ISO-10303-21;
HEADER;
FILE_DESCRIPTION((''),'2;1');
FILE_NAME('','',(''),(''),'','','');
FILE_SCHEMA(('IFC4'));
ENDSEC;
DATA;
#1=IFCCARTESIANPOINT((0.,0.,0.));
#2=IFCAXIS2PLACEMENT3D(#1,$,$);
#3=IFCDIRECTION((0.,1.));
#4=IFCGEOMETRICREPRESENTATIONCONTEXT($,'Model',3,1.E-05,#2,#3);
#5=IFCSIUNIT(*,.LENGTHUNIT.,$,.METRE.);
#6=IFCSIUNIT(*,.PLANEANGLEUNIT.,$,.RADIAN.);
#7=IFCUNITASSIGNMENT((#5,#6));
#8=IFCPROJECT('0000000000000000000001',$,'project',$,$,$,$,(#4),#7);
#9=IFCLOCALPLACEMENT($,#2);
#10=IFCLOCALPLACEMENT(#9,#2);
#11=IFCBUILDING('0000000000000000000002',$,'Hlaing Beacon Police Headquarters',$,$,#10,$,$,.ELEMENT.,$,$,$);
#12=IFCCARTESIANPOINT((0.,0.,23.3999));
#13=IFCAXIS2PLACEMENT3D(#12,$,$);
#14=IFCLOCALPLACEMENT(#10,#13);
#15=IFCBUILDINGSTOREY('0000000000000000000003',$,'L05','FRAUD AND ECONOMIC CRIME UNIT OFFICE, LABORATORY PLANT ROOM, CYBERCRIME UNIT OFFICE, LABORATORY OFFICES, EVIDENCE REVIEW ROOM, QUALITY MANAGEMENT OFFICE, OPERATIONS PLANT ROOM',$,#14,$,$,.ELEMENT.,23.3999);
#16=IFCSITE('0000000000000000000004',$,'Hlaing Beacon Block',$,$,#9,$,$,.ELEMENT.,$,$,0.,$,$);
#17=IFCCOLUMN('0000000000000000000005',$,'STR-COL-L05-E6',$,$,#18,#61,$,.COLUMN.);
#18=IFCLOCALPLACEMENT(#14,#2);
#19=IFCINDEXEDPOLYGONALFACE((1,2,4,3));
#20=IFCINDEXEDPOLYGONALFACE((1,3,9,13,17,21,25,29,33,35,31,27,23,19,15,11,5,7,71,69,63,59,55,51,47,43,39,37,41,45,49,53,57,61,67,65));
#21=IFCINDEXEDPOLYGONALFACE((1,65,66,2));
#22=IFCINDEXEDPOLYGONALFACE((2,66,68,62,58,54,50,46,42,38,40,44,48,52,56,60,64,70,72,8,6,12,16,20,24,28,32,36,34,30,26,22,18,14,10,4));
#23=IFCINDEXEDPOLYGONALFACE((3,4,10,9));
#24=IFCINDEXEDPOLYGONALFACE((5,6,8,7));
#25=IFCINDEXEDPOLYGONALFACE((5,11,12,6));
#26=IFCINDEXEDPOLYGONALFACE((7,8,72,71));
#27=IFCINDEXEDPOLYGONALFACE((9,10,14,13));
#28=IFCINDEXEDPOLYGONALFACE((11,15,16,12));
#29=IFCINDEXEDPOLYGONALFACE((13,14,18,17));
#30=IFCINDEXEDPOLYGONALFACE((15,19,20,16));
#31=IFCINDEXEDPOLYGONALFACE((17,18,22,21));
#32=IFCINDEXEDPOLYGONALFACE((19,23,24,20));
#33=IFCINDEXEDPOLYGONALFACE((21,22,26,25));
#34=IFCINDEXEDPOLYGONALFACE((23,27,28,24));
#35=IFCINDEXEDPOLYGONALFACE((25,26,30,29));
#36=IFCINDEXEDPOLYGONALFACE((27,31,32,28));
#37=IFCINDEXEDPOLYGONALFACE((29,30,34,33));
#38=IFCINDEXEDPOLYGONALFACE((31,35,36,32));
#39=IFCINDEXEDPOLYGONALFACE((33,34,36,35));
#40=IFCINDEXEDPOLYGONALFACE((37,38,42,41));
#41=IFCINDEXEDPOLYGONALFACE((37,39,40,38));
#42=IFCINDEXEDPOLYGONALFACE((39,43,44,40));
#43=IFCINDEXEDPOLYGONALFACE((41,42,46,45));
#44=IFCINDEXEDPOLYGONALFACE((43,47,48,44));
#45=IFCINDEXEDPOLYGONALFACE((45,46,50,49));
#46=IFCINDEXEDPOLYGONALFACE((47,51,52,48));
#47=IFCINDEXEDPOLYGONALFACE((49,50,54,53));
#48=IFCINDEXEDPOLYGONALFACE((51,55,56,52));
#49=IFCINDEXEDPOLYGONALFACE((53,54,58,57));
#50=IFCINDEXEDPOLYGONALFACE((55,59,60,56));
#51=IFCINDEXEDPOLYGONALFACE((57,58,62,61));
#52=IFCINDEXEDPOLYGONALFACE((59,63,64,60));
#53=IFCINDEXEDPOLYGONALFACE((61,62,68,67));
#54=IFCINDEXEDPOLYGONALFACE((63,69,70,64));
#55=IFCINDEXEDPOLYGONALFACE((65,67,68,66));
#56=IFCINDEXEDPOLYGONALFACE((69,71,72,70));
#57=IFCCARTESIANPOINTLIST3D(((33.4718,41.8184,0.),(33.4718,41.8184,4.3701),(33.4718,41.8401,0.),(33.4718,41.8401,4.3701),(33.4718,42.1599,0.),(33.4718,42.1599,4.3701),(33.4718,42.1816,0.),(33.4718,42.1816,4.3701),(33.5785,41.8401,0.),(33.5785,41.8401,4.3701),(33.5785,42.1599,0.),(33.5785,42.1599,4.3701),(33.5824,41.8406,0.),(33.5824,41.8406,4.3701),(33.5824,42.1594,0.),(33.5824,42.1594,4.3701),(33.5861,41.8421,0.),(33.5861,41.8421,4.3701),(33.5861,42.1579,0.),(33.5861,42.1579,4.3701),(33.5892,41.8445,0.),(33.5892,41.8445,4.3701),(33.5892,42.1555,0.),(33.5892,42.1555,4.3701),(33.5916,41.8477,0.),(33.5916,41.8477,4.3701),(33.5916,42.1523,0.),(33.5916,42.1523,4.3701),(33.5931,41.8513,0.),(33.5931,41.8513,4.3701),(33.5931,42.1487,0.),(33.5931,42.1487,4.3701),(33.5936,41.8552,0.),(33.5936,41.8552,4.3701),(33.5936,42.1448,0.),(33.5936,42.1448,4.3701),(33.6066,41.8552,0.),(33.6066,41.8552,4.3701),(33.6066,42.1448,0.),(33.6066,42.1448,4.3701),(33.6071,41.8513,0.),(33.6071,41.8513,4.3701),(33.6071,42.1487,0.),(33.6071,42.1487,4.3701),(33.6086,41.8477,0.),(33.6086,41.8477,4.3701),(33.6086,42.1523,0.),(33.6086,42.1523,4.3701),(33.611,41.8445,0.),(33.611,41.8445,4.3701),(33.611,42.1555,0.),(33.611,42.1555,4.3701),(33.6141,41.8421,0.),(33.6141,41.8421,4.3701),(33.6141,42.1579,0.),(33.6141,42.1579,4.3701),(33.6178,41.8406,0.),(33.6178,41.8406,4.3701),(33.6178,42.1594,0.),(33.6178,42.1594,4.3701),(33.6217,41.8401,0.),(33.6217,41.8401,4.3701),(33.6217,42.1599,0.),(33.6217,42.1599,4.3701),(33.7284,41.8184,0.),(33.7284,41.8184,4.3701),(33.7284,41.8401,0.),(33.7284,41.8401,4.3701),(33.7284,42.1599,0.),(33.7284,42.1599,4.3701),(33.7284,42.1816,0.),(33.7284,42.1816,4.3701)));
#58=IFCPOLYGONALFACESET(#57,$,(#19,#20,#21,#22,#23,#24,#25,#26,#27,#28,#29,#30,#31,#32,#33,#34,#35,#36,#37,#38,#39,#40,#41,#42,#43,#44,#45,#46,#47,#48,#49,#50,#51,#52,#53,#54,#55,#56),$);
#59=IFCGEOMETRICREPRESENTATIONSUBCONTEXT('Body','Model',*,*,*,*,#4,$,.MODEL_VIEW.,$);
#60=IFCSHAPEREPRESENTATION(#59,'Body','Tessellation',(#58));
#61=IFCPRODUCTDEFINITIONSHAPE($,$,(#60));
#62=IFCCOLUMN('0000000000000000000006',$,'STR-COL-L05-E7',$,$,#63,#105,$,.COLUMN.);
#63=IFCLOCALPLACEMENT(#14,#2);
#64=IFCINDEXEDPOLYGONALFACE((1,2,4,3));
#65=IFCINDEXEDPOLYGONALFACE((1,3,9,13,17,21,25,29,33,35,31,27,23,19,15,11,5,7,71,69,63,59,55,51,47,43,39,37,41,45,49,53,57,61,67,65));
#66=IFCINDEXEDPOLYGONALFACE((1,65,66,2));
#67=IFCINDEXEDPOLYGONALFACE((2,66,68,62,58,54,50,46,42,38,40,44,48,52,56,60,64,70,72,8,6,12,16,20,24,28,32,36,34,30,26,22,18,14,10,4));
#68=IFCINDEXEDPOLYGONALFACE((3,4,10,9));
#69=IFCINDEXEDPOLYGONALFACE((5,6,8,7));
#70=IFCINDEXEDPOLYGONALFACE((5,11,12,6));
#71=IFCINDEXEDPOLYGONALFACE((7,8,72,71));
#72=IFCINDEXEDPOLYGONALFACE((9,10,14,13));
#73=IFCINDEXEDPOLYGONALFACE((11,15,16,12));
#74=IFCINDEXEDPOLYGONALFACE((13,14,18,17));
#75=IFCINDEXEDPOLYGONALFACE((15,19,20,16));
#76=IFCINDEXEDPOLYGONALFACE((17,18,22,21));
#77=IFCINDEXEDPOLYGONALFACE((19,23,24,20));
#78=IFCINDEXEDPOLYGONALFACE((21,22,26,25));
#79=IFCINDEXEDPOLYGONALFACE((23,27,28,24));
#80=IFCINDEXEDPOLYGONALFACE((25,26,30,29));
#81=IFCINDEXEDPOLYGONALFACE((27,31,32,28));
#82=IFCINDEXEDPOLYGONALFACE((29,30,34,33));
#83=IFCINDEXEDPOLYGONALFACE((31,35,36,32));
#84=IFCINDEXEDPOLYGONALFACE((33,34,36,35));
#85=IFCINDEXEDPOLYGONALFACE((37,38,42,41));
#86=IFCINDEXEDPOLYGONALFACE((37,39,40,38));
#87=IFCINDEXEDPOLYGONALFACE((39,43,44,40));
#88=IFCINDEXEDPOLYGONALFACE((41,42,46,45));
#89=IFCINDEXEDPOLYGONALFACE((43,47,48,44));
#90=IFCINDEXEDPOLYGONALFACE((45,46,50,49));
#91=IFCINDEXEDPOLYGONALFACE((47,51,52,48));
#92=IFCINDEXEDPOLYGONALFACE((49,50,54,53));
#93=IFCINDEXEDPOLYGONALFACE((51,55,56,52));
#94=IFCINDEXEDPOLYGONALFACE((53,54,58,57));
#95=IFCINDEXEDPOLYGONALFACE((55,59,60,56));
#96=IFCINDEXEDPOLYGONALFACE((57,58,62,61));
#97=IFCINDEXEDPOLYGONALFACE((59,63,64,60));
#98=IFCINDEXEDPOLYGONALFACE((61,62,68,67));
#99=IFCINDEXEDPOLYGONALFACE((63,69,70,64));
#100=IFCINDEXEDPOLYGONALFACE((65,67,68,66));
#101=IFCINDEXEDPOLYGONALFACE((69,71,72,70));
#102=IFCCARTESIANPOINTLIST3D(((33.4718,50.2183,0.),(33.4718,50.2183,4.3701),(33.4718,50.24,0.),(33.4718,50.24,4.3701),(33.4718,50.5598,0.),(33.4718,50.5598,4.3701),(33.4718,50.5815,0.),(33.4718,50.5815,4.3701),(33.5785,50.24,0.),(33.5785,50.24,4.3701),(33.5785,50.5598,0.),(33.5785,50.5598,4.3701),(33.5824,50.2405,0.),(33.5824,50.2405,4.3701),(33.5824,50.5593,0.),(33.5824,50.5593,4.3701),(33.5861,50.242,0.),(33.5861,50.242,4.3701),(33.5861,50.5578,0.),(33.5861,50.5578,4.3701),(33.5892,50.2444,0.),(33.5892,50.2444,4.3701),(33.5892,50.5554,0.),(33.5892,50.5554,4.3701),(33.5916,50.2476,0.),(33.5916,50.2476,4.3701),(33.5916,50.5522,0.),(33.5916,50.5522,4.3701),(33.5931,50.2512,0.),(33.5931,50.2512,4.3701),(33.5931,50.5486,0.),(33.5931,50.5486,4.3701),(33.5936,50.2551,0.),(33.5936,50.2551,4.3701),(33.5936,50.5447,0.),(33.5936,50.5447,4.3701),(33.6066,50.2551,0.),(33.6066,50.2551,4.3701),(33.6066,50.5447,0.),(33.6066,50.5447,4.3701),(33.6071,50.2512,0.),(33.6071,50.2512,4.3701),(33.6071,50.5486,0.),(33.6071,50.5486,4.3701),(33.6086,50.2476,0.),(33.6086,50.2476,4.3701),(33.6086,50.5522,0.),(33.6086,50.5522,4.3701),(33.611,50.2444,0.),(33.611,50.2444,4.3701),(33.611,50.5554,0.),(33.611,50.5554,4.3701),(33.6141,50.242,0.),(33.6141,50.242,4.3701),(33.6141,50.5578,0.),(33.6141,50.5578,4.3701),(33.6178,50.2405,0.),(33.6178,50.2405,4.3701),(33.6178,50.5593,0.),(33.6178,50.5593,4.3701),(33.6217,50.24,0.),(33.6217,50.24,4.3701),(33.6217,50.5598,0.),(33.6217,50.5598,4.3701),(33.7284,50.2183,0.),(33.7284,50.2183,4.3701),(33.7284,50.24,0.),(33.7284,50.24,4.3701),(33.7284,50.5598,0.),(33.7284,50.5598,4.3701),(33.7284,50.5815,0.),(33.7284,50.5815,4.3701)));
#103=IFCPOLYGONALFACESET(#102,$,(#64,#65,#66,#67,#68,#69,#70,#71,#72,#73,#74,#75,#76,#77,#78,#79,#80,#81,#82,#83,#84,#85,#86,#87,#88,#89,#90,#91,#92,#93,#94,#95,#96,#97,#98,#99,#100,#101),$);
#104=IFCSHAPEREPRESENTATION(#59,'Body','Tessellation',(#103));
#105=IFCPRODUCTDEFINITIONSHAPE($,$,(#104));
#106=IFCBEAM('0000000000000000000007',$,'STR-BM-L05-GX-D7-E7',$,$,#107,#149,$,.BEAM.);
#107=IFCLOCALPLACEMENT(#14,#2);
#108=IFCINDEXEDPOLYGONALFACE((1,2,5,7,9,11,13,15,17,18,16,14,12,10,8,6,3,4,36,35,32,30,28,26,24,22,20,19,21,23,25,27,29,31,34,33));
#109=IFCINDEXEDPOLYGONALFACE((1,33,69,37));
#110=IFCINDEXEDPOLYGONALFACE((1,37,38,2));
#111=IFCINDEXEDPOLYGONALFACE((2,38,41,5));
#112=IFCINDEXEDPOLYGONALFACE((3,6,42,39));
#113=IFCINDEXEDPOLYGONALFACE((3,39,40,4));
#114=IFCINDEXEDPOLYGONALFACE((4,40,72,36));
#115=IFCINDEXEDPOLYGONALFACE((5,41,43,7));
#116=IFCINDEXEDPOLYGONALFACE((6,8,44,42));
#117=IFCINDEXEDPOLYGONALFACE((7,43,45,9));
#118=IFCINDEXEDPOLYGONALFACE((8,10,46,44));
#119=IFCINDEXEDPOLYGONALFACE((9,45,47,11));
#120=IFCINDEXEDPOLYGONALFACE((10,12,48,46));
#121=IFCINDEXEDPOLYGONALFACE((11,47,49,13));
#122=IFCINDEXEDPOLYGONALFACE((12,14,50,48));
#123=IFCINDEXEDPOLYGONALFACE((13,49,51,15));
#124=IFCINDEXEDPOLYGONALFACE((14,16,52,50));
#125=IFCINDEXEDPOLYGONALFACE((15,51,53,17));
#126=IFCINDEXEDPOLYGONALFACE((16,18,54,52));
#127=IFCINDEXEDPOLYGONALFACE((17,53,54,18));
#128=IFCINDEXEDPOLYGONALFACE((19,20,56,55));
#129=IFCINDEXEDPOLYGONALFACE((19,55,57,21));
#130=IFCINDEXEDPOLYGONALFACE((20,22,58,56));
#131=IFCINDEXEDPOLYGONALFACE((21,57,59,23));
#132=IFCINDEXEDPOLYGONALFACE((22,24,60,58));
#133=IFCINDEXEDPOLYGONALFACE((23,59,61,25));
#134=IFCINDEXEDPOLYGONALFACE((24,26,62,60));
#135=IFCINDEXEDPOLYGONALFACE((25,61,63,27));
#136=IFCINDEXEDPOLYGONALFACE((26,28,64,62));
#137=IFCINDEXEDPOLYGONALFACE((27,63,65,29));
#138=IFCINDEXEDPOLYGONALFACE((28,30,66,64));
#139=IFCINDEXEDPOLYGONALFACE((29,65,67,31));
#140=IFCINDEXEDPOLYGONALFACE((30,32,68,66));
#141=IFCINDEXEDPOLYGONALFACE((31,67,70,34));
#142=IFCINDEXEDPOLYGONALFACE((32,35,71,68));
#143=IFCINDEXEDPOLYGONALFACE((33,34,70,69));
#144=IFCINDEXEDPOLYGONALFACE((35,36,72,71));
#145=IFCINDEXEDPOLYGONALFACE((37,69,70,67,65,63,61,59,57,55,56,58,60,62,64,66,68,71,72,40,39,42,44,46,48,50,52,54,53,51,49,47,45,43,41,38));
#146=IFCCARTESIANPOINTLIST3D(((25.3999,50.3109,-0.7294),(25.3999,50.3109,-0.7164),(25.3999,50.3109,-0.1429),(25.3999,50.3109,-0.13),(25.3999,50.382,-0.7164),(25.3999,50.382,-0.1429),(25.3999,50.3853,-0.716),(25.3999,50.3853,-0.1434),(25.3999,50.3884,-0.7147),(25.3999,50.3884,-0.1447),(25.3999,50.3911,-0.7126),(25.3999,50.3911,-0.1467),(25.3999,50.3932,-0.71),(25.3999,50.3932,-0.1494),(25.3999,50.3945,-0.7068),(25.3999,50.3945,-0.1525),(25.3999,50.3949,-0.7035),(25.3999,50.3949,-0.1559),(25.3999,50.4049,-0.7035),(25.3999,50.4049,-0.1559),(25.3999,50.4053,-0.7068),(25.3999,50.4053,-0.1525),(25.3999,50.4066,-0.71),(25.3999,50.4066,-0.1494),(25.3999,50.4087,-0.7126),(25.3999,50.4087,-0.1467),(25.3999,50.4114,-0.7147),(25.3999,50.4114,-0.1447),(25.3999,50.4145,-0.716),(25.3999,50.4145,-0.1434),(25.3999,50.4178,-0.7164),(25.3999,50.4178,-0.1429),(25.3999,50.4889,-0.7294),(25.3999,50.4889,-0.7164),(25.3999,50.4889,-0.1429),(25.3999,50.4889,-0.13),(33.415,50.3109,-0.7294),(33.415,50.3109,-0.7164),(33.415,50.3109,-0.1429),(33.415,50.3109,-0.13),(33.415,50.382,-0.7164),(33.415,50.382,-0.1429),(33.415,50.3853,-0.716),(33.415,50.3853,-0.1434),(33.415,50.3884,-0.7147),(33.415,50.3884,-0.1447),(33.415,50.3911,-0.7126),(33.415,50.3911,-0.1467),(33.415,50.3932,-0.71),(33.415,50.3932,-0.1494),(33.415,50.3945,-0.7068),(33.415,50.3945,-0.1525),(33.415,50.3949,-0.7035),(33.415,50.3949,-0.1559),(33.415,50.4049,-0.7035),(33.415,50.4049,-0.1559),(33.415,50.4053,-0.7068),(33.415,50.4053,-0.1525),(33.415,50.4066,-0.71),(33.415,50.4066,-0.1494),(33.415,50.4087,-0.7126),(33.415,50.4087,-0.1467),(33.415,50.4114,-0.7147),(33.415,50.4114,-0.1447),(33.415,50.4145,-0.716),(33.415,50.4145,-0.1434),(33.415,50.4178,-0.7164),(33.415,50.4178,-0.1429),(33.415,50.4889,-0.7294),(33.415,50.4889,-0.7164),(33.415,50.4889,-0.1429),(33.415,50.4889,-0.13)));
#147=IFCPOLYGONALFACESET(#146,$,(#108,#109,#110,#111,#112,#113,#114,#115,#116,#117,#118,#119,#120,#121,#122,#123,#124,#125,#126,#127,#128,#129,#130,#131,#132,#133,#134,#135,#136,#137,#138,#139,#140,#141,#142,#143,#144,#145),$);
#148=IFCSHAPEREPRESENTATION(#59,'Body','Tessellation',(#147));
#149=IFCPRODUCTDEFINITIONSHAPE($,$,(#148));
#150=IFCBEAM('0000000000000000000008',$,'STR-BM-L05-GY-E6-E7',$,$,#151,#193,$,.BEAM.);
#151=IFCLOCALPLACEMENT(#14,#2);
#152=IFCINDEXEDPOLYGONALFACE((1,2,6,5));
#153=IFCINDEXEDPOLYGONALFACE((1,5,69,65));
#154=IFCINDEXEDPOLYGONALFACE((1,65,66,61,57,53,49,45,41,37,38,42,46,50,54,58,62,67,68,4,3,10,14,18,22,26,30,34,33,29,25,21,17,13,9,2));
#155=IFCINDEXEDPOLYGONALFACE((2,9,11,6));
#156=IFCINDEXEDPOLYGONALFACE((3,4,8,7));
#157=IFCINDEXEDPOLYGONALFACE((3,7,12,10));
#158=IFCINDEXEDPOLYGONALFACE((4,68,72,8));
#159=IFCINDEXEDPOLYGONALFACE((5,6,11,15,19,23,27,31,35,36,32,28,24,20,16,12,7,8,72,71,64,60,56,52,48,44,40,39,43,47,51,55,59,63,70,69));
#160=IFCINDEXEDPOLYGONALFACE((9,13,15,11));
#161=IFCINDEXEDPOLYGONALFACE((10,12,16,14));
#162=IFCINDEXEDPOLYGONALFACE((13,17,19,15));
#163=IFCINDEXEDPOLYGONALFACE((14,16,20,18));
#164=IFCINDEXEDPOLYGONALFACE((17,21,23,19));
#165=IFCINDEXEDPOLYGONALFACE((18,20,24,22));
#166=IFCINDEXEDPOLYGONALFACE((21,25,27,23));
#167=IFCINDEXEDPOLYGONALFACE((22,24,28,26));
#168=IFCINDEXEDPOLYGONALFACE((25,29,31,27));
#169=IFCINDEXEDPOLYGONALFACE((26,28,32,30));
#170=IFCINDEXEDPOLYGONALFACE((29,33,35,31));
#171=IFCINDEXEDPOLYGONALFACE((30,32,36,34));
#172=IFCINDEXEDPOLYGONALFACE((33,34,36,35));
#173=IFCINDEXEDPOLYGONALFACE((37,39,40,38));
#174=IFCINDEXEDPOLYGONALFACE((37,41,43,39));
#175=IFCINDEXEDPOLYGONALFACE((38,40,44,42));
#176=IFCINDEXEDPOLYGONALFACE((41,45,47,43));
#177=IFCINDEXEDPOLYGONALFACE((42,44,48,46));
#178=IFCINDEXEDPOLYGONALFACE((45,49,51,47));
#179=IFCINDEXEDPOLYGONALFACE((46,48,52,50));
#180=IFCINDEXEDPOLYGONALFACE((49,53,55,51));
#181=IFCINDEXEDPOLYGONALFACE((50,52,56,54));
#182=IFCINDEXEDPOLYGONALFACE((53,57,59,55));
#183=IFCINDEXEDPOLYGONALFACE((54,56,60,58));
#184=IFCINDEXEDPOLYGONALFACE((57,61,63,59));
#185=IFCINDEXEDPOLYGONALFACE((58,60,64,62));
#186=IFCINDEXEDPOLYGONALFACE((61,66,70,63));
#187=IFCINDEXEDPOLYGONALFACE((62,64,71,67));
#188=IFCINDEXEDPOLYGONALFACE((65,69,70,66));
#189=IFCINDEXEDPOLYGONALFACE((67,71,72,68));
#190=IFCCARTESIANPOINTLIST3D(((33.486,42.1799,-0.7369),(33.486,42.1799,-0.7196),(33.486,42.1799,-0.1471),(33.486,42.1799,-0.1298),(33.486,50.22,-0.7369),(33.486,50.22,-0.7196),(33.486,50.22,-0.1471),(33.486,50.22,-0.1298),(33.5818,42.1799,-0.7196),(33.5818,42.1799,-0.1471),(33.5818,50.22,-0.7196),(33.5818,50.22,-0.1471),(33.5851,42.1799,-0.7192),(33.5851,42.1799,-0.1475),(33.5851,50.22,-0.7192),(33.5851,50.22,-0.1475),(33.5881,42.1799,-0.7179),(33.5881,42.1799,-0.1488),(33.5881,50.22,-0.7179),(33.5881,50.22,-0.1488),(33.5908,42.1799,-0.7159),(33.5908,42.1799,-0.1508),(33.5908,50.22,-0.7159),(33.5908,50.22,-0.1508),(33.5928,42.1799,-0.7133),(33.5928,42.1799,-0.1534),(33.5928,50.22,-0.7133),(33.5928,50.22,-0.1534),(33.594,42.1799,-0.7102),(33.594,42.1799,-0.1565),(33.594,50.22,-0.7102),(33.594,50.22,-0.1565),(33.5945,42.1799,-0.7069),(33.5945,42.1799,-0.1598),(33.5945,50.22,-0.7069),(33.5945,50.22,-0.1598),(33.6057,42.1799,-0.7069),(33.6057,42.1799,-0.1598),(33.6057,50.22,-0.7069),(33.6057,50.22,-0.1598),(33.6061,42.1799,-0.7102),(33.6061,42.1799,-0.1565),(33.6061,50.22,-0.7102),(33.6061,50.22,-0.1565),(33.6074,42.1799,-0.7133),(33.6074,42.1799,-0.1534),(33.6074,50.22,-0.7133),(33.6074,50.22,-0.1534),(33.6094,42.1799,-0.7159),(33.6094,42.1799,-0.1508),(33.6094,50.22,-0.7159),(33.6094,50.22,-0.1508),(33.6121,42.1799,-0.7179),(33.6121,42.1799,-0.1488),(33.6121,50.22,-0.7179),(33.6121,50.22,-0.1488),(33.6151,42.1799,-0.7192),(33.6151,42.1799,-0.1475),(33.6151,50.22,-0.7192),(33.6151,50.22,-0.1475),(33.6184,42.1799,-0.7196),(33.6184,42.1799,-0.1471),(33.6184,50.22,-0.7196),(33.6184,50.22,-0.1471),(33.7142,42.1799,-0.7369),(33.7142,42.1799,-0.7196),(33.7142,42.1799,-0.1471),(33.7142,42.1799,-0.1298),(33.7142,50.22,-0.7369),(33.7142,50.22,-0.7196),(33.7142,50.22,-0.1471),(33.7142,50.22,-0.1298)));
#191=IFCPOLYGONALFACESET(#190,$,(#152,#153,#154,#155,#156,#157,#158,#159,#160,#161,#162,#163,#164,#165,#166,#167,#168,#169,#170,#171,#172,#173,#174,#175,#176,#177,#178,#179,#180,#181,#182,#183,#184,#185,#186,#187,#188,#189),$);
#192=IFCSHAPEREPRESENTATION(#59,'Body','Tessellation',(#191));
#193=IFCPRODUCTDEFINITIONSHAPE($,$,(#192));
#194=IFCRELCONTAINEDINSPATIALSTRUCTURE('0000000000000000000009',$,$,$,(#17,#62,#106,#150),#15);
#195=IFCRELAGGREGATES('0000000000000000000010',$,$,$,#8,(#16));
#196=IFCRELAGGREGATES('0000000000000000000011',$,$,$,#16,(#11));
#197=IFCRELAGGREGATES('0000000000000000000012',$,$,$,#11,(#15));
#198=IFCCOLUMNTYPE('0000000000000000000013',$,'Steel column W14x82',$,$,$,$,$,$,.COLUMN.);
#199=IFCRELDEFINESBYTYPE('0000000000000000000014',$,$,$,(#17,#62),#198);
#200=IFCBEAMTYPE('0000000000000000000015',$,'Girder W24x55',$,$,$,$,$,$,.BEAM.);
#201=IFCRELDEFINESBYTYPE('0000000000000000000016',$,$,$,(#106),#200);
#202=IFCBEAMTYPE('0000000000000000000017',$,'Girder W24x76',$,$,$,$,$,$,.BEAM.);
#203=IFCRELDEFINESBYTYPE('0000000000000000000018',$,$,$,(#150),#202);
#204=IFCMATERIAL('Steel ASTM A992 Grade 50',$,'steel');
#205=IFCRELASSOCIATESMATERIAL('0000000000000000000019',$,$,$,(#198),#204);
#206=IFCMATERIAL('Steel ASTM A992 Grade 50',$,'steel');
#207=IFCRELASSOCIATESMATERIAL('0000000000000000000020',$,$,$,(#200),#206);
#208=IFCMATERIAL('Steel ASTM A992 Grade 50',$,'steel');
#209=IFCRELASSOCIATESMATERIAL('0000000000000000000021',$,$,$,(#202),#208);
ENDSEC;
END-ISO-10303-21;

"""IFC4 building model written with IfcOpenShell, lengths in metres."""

from ifc_helpers import new_model, si_unit, direction, frame, origin, origin_2d, place, context, subcontext, project, spatial, i_section, extrude, material, material_profile, profile_set, type_object, element, save


model = new_model("IFC4")

# Units and contexts
model_context = context("Model", 3, precision=1e-05, world=origin(), true_north=direction((0.0, 1.0)))
body_context = subcontext(model_context, "Body", "Model", "MODEL_VIEW")
ifc_project = project(units=[si_unit("LENGTHUNIT", "METRE"), si_unit("PLANEANGLEUNIT", "RADIAN")], contexts=[model_context])

# Site, building, storey
site_placement = place(None, origin())
site = spatial("IfcSite", under=ifc_project, at=site_placement, Name="Hlaing Beacon Block", CompositionType="ELEMENT", RefElevation=0.0)
building_placement = place(site_placement, origin())
building = spatial("IfcBuilding", under=site, at=building_placement, Name="Hlaing Beacon Police Headquarters", CompositionType="ELEMENT")
storey_placement = place(building_placement, frame((0.0, 0.0, 23.3999)))
storey = spatial("IfcBuildingStorey", under=building, at=storey_placement, Name="L05", Description="FRAUD AND ECONOMIC CRIME UNIT OFFICE, LABORATORY PLANT ROOM, CYBERCRIME UNIT OFFICE, LABORATORY OFFICES, EVIDENCE REVIEW ROOM, QUALITY MANAGEMENT OFFICE, OPERATIONS PLANT ROOM", CompositionType="ELEMENT", Elevation=23.3999)

# Columns
ifc_material_1 = material(Name="Steel ASTM A992 Grade 50", Category="steel")
ifc_material_profile_1 = material_profile(ifc_material_1, i_section(OverallWidth=0.2566, OverallDepth=0.3633, WebThickness=0.0129, FlangeThickness=0.0217, FilletRadius=0.0151, at=origin_2d()), Name="W14x82")
ifc_profile_set_1 = profile_set([ifc_material_profile_1], Name="Steel ASTM A992 Grade 50")
column_type = type_object("IfcColumnType", Name="Steel column W14x82", PredefinedType="COLUMN", material=ifc_profile_set_1)
for number, where, z_axis, x_axis, name in (
    (1, (33.6001, 42.0, 0.0), (0.0, 0.0, 1.0), (1.0, 0.0, 0.0), "STR-COL-L05-E6"),
    (2, (33.6001, 50.3999, 0.0), (0.0, 0.0, 1.0), (1.0, 0.0, 0.0), "STR-COL-L05-E7"),
):
    element("IfcColumn", number, at=place(storey_placement, frame(where, z_axis=z_axis, x_axis=x_axis)), inside=storey, type_object=column_type, Name=name, PredefinedType="COLUMN", context=body_context, shape_type="SweptSolid", body=[
        extrude(i_section(OverallWidth=0.2566, OverallDepth=0.3633, WebThickness=0.0129, FlangeThickness=0.0217, FilletRadius=0.0151, at=origin_2d()), origin(), (0.0, 0.0, 1.0), 4.3701),
    ])

# Beams
ifc_material_2 = material(Name="Steel ASTM A992 Grade 50", Category="steel")
ifc_material_profile_2 = material_profile(ifc_material_2, i_section(OverallWidth=0.178, OverallDepth=0.5994, WebThickness=0.01, FlangeThickness=0.0129, FilletRadius=0.0129, at=origin_2d()), Name="W24x55")
ifc_profile_set_2 = profile_set([ifc_material_profile_2], Name="Steel ASTM A992 Grade 50")
beam_type_1 = type_object("IfcBeamType", Name="Girder W24x55", PredefinedType="BEAM", material=ifc_profile_set_2)
beam_1_placement = place(storey_placement, frame((25.3999, 50.3999, -0.4297), z_axis=(1.0, 0.0, 0.0), x_axis=(0.0, 1.0, 0.0)))
element("IfcBeam", 3, at=beam_1_placement, inside=storey, type_object=beam_type_1, Name="STR-BM-L05-GX-D7-E7", PredefinedType="BEAM", context=body_context, shape_type="SweptSolid", body=[
    extrude(i_section(OverallWidth=0.178, OverallDepth=0.5994, WebThickness=0.01, FlangeThickness=0.0129, FilletRadius=0.0129, at=origin_2d()), origin(), (0.0, 0.0, 1.0), 8.0151),
])
ifc_material_3 = material(Name="Steel ASTM A992 Grade 50", Category="steel")
ifc_material_profile_3 = material_profile(ifc_material_3, i_section(OverallWidth=0.2283, OverallDepth=0.6072, WebThickness=0.0112, FlangeThickness=0.0173, FilletRadius=0.0127, at=origin_2d()), Name="W24x76")
ifc_profile_set_3 = profile_set([ifc_material_profile_3], Name="Steel ASTM A992 Grade 50")
beam_type_2 = type_object("IfcBeamType", Name="Girder W24x76", PredefinedType="BEAM", material=ifc_profile_set_3)
beam_2_placement = place(storey_placement, frame((33.6001, 42.1799, -0.4333), z_axis=(0.0, 1.0, 0.0), x_axis=(-1.0, 0.0, 0.0)))
element("IfcBeam", 4, at=beam_2_placement, inside=storey, type_object=beam_type_2, Name="STR-BM-L05-GY-E6-E7", PredefinedType="BEAM", context=body_context, shape_type="SweptSolid", body=[
    extrude(i_section(OverallWidth=0.2283, OverallDepth=0.6072, WebThickness=0.0112, FlangeThickness=0.0173, FilletRadius=0.0127, at=origin_2d()), origin(), (0.0, 0.0, 1.0), 8.04),
])

save(model, "model.ifc")
